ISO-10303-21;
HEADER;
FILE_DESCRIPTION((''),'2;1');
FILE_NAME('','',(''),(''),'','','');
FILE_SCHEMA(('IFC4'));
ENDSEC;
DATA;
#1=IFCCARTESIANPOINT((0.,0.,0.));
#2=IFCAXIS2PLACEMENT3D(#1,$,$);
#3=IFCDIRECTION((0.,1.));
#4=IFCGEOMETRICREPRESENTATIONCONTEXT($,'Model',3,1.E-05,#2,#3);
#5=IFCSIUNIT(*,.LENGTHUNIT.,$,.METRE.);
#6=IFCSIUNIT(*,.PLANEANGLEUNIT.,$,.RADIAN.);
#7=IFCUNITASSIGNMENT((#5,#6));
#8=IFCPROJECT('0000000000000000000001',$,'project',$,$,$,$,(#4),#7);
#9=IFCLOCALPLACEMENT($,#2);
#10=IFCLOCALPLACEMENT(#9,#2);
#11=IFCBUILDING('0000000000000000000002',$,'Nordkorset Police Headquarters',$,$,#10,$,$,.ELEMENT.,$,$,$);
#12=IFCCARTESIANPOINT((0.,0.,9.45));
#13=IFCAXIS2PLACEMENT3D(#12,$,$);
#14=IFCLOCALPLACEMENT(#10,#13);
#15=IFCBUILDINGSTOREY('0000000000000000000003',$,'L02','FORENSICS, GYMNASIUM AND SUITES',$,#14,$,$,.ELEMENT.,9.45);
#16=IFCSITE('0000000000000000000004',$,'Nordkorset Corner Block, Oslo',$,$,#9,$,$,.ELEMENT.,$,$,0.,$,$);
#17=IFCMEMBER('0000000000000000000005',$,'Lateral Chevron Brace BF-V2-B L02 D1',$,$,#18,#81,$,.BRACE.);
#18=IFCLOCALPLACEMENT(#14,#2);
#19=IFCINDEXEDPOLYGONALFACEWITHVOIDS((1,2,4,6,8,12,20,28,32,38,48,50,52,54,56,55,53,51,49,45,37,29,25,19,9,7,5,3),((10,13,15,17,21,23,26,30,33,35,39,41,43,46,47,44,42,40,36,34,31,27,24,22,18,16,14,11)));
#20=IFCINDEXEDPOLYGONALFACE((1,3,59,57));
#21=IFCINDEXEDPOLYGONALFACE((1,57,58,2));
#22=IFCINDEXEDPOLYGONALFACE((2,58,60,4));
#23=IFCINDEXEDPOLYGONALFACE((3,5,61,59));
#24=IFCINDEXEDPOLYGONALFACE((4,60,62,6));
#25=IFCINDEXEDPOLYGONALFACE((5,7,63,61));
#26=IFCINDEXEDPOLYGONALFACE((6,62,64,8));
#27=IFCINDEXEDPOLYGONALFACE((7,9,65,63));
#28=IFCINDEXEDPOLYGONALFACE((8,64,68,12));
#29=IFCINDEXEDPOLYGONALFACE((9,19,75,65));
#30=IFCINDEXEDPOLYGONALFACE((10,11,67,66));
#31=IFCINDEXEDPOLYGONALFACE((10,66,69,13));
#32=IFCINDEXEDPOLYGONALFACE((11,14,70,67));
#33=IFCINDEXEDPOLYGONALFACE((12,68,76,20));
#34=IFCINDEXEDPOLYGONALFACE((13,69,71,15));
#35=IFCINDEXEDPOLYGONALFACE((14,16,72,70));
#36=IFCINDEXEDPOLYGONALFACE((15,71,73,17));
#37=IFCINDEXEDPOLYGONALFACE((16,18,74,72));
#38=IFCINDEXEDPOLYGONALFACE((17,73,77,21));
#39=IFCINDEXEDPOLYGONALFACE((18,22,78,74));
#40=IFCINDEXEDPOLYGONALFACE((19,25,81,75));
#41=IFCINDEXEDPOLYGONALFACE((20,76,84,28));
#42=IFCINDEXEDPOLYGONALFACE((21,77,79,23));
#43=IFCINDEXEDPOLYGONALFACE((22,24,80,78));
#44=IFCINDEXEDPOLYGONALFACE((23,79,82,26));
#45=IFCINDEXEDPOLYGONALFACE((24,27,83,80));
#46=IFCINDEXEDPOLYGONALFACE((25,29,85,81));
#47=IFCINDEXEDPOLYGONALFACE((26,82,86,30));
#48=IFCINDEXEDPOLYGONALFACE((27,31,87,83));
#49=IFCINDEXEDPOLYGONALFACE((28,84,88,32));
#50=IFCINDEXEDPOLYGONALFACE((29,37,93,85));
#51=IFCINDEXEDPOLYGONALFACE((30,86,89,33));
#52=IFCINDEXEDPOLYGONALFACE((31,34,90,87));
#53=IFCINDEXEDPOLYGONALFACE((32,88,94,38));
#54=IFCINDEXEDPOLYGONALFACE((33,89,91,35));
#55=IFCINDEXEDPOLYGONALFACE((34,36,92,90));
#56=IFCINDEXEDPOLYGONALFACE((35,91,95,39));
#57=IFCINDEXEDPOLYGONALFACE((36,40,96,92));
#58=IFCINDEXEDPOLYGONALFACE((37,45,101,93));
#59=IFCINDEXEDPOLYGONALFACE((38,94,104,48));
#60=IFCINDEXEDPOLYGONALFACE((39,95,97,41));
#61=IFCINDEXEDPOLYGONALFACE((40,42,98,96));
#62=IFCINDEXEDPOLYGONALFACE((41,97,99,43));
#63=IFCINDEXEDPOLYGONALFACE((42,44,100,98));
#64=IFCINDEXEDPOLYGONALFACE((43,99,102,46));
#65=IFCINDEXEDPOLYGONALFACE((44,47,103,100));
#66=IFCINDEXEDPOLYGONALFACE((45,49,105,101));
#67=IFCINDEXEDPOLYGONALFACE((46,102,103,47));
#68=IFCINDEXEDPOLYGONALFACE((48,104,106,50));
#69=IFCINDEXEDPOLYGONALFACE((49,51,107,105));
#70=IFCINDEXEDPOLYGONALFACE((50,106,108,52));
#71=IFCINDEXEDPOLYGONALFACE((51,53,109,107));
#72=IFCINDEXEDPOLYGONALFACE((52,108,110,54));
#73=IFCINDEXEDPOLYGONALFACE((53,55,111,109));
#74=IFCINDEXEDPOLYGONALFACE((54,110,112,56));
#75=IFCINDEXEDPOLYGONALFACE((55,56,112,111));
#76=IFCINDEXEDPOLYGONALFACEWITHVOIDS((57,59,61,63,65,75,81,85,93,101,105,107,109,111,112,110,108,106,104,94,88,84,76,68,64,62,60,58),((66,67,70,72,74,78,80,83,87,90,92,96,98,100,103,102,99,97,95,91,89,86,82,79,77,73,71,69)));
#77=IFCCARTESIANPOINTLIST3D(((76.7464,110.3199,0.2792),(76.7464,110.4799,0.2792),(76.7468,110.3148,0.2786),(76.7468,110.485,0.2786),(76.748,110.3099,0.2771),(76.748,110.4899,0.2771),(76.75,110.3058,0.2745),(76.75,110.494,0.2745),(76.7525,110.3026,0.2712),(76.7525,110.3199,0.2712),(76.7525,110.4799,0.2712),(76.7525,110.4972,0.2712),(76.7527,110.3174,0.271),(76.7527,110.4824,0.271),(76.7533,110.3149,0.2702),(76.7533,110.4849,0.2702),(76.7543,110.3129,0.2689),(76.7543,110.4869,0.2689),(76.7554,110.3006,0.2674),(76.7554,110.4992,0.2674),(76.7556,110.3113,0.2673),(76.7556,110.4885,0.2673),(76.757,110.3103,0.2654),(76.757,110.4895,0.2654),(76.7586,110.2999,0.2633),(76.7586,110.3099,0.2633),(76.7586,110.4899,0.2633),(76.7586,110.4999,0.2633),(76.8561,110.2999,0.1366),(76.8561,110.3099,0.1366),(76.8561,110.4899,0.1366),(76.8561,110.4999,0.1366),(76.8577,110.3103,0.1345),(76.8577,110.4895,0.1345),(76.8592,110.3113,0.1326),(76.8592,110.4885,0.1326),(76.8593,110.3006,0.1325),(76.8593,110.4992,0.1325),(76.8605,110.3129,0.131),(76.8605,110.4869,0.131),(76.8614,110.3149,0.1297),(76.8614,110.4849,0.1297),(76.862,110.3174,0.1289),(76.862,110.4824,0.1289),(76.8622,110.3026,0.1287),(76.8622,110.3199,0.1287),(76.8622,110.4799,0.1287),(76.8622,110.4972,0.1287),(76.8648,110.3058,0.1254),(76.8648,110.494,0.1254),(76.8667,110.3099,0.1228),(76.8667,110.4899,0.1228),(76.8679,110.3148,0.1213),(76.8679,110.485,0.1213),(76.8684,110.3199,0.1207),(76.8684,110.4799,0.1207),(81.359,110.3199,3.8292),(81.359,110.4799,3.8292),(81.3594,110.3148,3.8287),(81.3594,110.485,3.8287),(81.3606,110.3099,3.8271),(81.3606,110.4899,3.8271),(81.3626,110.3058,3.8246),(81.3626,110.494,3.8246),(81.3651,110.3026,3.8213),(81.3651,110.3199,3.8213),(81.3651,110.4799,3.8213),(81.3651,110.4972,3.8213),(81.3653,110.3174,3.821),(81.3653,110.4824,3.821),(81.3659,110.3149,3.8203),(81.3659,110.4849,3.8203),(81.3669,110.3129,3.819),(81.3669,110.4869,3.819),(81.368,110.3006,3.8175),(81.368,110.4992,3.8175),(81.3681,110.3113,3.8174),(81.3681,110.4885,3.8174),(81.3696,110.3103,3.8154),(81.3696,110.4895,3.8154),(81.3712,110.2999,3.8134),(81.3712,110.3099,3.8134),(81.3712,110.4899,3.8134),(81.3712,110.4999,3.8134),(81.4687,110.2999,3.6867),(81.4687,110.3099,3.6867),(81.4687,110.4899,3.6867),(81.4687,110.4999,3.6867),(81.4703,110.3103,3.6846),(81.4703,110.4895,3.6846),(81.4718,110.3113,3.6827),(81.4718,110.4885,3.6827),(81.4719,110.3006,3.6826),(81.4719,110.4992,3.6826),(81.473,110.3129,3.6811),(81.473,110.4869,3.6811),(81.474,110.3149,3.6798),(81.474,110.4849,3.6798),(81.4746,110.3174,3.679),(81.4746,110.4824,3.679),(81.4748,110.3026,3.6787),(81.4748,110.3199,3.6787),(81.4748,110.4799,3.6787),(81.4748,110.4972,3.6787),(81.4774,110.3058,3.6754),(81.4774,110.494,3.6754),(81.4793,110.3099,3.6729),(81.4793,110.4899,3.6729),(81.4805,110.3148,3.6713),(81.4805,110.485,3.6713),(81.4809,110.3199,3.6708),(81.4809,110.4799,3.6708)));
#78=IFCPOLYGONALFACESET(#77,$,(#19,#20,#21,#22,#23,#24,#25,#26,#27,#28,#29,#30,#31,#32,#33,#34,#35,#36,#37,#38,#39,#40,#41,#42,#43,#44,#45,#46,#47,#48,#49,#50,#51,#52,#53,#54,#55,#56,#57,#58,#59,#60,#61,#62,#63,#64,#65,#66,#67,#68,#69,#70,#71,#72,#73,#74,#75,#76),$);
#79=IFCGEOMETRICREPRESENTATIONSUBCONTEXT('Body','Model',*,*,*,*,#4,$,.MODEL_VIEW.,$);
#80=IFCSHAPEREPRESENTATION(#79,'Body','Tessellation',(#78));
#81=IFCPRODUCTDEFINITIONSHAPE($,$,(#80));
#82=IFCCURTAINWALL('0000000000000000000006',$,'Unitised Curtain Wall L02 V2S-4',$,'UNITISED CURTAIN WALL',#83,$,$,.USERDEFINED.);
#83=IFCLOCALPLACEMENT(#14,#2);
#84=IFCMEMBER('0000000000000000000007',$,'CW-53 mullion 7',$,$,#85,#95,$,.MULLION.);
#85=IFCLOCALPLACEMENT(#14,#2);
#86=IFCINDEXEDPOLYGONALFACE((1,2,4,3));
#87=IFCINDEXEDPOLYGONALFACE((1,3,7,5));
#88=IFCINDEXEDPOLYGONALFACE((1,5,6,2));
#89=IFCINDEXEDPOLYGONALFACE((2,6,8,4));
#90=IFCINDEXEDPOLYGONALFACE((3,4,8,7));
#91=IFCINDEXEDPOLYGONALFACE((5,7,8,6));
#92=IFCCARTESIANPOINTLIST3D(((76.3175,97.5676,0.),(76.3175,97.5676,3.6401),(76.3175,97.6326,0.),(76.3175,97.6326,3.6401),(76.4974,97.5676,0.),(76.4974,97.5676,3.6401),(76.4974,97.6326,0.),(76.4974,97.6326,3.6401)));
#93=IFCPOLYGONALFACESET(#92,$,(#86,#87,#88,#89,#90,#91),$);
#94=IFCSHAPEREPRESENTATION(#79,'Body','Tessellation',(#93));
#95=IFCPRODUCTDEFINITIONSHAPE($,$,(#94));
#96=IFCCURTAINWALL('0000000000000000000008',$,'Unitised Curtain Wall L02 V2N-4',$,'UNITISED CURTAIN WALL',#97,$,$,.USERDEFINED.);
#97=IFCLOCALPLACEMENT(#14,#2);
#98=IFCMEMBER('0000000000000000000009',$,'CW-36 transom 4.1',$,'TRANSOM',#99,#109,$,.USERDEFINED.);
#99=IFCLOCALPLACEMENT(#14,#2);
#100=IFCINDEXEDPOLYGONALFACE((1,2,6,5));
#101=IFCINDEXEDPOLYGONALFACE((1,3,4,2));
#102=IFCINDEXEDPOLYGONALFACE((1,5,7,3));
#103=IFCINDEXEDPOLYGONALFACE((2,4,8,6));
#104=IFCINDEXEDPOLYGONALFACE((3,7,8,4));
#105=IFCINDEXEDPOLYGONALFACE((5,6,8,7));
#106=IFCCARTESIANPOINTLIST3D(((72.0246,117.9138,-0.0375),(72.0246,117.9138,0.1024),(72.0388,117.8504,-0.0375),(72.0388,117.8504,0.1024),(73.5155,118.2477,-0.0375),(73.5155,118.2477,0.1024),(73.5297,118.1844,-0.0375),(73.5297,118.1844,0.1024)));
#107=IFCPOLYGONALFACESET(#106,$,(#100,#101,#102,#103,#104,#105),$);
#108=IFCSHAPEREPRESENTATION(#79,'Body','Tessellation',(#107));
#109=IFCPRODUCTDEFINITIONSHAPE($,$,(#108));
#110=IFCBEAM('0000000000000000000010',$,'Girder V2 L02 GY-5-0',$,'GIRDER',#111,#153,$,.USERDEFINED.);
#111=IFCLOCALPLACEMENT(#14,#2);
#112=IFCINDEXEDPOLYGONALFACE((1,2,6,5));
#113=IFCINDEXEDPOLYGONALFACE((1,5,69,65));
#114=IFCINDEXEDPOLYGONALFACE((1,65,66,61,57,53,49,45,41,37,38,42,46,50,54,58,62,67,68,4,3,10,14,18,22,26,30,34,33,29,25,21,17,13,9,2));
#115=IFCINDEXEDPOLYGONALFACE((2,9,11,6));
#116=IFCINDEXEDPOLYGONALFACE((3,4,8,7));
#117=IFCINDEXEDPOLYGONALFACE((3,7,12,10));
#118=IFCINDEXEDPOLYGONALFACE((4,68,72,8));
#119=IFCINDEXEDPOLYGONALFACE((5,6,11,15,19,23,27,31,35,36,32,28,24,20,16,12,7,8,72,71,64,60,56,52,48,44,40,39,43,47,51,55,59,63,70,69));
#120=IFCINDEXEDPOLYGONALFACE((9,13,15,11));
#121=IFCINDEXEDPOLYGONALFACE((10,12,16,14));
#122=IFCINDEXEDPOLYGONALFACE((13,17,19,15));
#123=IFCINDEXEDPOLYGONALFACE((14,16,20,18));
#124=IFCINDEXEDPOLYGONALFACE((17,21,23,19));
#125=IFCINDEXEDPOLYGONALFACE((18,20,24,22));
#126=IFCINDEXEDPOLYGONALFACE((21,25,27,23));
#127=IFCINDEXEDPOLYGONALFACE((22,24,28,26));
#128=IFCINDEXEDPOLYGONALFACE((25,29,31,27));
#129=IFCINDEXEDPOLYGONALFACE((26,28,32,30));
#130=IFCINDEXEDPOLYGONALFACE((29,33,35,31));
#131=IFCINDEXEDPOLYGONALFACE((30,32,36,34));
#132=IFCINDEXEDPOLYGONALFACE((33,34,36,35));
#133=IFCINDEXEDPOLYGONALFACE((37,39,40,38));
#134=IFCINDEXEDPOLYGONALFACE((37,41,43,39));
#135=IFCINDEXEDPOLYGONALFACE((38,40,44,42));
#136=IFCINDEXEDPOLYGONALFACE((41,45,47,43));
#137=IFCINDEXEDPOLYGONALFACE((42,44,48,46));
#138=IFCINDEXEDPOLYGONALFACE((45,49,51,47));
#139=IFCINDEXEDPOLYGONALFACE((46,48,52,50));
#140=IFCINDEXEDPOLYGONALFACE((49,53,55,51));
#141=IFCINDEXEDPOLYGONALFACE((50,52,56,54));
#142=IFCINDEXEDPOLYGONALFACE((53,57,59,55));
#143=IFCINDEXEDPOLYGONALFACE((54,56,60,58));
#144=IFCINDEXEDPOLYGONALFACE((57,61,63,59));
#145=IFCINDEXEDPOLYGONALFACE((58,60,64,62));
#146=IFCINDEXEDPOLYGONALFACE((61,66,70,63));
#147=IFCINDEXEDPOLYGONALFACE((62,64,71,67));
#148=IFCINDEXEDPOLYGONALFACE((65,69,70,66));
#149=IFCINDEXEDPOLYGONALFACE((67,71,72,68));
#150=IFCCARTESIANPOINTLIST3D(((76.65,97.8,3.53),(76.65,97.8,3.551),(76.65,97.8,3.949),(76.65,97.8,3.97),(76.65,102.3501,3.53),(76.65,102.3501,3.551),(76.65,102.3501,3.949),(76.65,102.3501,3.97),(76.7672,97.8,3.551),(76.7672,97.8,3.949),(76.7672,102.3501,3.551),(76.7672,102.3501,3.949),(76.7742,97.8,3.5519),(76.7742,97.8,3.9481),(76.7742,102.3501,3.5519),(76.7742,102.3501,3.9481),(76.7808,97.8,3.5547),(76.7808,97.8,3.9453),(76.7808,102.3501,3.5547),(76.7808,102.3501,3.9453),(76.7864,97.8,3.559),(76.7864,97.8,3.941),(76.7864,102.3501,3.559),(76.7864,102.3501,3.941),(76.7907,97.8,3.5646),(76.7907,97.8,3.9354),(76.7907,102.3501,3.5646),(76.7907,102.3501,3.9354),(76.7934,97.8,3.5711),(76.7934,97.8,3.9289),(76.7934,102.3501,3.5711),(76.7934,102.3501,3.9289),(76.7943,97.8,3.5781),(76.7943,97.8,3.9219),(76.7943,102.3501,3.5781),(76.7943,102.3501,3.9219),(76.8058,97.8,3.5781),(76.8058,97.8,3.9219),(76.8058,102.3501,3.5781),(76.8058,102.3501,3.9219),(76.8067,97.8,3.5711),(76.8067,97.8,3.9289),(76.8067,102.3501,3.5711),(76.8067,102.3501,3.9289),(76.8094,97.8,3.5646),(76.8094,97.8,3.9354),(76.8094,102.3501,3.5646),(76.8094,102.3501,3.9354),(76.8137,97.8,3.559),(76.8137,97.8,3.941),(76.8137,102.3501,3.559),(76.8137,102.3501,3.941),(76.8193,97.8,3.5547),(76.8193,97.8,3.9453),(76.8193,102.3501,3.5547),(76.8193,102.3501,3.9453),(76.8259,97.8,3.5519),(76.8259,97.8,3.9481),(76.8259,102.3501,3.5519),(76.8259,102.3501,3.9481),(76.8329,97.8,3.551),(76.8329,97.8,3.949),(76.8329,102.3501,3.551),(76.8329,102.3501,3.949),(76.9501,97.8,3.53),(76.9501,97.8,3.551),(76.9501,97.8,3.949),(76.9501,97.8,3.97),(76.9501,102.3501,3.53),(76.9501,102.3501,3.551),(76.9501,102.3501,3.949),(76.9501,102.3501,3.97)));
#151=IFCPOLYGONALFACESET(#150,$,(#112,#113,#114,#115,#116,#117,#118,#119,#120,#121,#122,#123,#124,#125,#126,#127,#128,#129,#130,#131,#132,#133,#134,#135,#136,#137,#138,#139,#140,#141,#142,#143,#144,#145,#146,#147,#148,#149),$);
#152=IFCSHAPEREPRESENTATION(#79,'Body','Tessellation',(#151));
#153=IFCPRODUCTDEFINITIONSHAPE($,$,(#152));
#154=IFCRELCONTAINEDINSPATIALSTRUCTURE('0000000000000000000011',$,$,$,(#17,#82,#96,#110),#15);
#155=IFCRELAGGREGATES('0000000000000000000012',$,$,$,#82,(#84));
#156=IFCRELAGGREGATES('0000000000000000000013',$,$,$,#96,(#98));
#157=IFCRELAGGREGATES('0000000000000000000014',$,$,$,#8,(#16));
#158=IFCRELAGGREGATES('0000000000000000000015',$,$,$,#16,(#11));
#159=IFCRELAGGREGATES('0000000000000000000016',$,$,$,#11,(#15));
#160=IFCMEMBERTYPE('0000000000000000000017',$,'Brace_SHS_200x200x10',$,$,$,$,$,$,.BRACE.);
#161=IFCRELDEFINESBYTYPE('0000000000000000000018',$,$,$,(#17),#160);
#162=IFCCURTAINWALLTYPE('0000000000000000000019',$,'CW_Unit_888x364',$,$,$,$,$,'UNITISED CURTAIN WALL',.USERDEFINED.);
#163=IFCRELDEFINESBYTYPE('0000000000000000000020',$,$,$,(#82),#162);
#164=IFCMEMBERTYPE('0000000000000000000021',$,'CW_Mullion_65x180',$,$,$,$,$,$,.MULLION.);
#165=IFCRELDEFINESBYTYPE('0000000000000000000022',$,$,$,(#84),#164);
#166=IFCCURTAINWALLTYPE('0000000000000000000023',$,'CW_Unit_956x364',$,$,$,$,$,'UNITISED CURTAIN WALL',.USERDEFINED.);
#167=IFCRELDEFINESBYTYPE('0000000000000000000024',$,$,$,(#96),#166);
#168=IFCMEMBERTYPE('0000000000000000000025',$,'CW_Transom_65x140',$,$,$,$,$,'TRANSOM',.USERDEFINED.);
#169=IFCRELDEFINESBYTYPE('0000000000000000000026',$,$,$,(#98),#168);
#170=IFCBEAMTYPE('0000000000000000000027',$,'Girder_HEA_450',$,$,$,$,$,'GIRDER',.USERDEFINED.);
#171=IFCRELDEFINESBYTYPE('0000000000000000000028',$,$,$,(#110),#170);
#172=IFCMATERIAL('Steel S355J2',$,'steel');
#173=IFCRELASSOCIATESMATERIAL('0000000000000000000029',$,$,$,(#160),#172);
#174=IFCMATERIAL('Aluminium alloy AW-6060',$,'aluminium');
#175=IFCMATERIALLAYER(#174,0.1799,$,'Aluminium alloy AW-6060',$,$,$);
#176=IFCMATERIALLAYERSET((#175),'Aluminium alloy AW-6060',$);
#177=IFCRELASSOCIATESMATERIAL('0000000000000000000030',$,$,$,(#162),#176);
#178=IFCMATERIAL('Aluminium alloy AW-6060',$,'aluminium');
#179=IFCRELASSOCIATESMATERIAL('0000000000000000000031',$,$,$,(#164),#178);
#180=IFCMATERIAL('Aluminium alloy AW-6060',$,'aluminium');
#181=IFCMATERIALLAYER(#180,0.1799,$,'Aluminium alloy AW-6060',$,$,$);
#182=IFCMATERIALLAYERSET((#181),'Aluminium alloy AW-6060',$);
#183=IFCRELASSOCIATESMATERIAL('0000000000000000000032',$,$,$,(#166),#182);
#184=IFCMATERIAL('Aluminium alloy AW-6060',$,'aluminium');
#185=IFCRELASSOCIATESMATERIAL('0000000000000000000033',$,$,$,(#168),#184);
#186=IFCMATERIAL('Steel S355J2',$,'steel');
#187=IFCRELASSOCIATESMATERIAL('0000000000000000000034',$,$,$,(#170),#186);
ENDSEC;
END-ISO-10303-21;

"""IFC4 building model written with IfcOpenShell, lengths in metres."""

from ifc_helpers import new_model, si_unit, direction, frame, origin, origin_2d, place, context, subcontext, project, spatial, rectangle, hollow_rectangle, i_section, extrude, material, layer, layer_set, material_profile, profile_set, type_object, element, aggregate, save


model = new_model("IFC4")

# Units and contexts
model_context = context("Model", 3, precision=1e-05, world=origin(), true_north=direction((0.0, 1.0)))
body_context = subcontext(model_context, "Body", "Model", "MODEL_VIEW")
ifc_project = project(units=[si_unit("LENGTHUNIT", "METRE"), si_unit("PLANEANGLEUNIT", "RADIAN")], contexts=[model_context])

# Site, building, storey
site_placement = place(None, origin())
site = spatial("IfcSite", under=ifc_project, at=site_placement, Name="Nordkorset Corner Block, Oslo", CompositionType="ELEMENT", RefElevation=0.0)
building_placement = place(site_placement, origin())
building = spatial("IfcBuilding", under=site, at=building_placement, Name="Nordkorset Police Headquarters", CompositionType="ELEMENT")
storey_placement = place(building_placement, frame((0.0, 0.0, 9.45)))
storey = spatial("IfcBuildingStorey", under=building, at=storey_placement, Name="L02", Description="FORENSICS, GYMNASIUM AND SUITES", CompositionType="ELEMENT", Elevation=9.45)

# Member
ifc_material_1 = material(Name="Steel S355J2", Category="steel")
ifc_material_profile_1 = material_profile(ifc_material_1, hollow_rectangle(XDim=0.2, YDim=0.2, WallThickness=0.01, InnerFilletRadius=0.01, OuterFilletRadius=0.02, at=origin_2d()), Name="SHS 200x200x10")
ifc_profile_set_1 = profile_set([ifc_material_profile_1], Name="Steel S355J2")
member_type_1 = type_object("IfcMemberType", Name="Brace_SHS_200x200x10", PredefinedType="BRACE", material=ifc_profile_set_1)
member_1_placement = place(storey_placement, frame((76.8074, 110.3999, 0.2), z_axis=(0.792463, 0.0, 0.60992), x_axis=(0.0, 1.0, 0.0)))
element("IfcMember", 1, at=member_1_placement, inside=storey, type_object=member_type_1, Name="Lateral Chevron Brace BF-V2-B L02 D1", PredefinedType="BRACE", context=body_context, shape_type="SweptSolid", body=[
    extrude(hollow_rectangle(XDim=0.2, YDim=0.2, WallThickness=0.01, InnerFilletRadius=0.01, OuterFilletRadius=0.02, at=origin_2d()), origin(), (0.0, 0.0, 1.0), 5.8206),
])

# Curtain walls, members
ifc_material_2 = material(Name="Aluminium alloy AW-6060", Category="aluminium")
ifc_layer_1 = layer(ifc_material_2, 0.1799, Name="Aluminium alloy AW-6060")
ifc_layer_set_1 = layer_set([ifc_layer_1], Name="Aluminium alloy AW-6060")
curtain_wall_type_1 = type_object("IfcCurtainWallType", Name="CW_Unit_888x364", ElementType="UNITISED CURTAIN WALL", PredefinedType="USERDEFINED", material=ifc_layer_set_1)
curtain_wall_1_placement = place(storey_placement, origin())
curtain_wall_1 = element("IfcCurtainWall", 2, at=curtain_wall_1_placement, inside=storey, type_object=curtain_wall_type_1, Name="Unitised Curtain Wall L02 V2S-4", ObjectType="UNITISED CURTAIN WALL", PredefinedType="USERDEFINED")
ifc_material_3 = material(Name="Aluminium alloy AW-6060", Category="aluminium")
ifc_material_profile_2 = material_profile(ifc_material_3, rectangle(XDim=0.0649, YDim=0.1799, at=origin_2d()), Name="ALU MULL 65x180")
ifc_profile_set_2 = profile_set([ifc_material_profile_2], Name="Aluminium alloy AW-6060")
member_type_2 = type_object("IfcMemberType", Name="CW_Mullion_65x180", PredefinedType="MULLION", material=ifc_profile_set_2)
member_2_placement = place(storey_placement, frame((76.4075, 97.6001, 0.0), z_axis=(0.0, 0.0, 1.0), x_axis=(0.0, 1.0, 0.0)))
member_2 = element("IfcMember", 3, at=member_2_placement, type_object=member_type_2, Name="CW-53 mullion 7", PredefinedType="MULLION", context=body_context, shape_type="SweptSolid", body=[
    extrude(rectangle(XDim=0.0649, YDim=0.1799, at=origin_2d()), origin(), (0.0, 0.0, 1.0), 3.6401),
])
aggregate(curtain_wall_1, [member_2])
ifc_material_4 = material(Name="Aluminium alloy AW-6060", Category="aluminium")
ifc_layer_2 = layer(ifc_material_4, 0.1799, Name="Aluminium alloy AW-6060")
ifc_layer_set_2 = layer_set([ifc_layer_2], Name="Aluminium alloy AW-6060")
curtain_wall_type_2 = type_object("IfcCurtainWallType", Name="CW_Unit_956x364", ElementType="UNITISED CURTAIN WALL", PredefinedType="USERDEFINED", material=ifc_layer_set_2)
curtain_wall_2_placement = place(storey_placement, origin())
curtain_wall_2 = element("IfcCurtainWall", 4, at=curtain_wall_2_placement, inside=storey, type_object=curtain_wall_type_2, Name="Unitised Curtain Wall L02 V2N-4", ObjectType="UNITISED CURTAIN WALL", PredefinedType="USERDEFINED")
ifc_material_5 = material(Name="Aluminium alloy AW-6060", Category="aluminium")
ifc_material_profile_3 = material_profile(ifc_material_5, rectangle(XDim=0.0649, YDim=0.1399, at=origin_2d()), Name="ALU TRAN 65x140")
ifc_profile_set_3 = profile_set([ifc_material_profile_3], Name="Aluminium alloy AW-6060")
member_type_3 = type_object("IfcMemberType", Name="CW_Transom_65x140", ElementType="TRANSOM", PredefinedType="USERDEFINED", material=ifc_profile_set_3)
member_3_placement = place(storey_placement, frame((72.0317, 117.8821, 0.0325), z_axis=(0.975817, 0.218588, 0.0), x_axis=(-0.218588, 0.975817, 0.0)))
member_3 = element("IfcMember", 5, at=member_3_placement, type_object=member_type_3, Name="CW-36 transom 4.1", ObjectType="TRANSOM", PredefinedType="USERDEFINED", context=body_context, shape_type="SweptSolid", body=[
    extrude(rectangle(XDim=0.0649, YDim=0.1399, at=origin_2d()), origin(), (0.0, 0.0, 1.0), 1.5278),
])
aggregate(curtain_wall_2, [member_3])

# Beam
ifc_material_6 = material(Name="Steel S355J2", Category="steel")
ifc_material_profile_4 = material_profile(ifc_material_6, i_section(OverallWidth=0.3, OverallDepth=0.4399, WebThickness=0.0115, FlangeThickness=0.021, FilletRadius=0.0271, at=origin_2d()), Name="HEA 450")
ifc_profile_set_4 = profile_set([ifc_material_profile_4], Name="Steel S355J2")
beam_type_1 = type_object("IfcBeamType", Name="Girder_HEA_450", ElementType="GIRDER", PredefinedType="USERDEFINED", material=ifc_profile_set_4)
beam_1_placement = place(storey_placement, frame((76.8, 97.8, 3.75), z_axis=(0.0, 1.0, 0.0), x_axis=(-1.0, 0.0, 0.0)))
element("IfcBeam", 6, at=beam_1_placement, inside=storey, type_object=beam_type_1, Name="Girder V2 L02 GY-5-0", ObjectType="GIRDER", PredefinedType="USERDEFINED", context=body_context, shape_type="SweptSolid", body=[
    extrude(i_section(OverallWidth=0.3, OverallDepth=0.4399, WebThickness=0.0115, FlangeThickness=0.021, FilletRadius=0.0271, at=origin_2d()), origin(), (0.0, 0.0, 1.0), 4.55),
])

save(model, "model.ifc")
